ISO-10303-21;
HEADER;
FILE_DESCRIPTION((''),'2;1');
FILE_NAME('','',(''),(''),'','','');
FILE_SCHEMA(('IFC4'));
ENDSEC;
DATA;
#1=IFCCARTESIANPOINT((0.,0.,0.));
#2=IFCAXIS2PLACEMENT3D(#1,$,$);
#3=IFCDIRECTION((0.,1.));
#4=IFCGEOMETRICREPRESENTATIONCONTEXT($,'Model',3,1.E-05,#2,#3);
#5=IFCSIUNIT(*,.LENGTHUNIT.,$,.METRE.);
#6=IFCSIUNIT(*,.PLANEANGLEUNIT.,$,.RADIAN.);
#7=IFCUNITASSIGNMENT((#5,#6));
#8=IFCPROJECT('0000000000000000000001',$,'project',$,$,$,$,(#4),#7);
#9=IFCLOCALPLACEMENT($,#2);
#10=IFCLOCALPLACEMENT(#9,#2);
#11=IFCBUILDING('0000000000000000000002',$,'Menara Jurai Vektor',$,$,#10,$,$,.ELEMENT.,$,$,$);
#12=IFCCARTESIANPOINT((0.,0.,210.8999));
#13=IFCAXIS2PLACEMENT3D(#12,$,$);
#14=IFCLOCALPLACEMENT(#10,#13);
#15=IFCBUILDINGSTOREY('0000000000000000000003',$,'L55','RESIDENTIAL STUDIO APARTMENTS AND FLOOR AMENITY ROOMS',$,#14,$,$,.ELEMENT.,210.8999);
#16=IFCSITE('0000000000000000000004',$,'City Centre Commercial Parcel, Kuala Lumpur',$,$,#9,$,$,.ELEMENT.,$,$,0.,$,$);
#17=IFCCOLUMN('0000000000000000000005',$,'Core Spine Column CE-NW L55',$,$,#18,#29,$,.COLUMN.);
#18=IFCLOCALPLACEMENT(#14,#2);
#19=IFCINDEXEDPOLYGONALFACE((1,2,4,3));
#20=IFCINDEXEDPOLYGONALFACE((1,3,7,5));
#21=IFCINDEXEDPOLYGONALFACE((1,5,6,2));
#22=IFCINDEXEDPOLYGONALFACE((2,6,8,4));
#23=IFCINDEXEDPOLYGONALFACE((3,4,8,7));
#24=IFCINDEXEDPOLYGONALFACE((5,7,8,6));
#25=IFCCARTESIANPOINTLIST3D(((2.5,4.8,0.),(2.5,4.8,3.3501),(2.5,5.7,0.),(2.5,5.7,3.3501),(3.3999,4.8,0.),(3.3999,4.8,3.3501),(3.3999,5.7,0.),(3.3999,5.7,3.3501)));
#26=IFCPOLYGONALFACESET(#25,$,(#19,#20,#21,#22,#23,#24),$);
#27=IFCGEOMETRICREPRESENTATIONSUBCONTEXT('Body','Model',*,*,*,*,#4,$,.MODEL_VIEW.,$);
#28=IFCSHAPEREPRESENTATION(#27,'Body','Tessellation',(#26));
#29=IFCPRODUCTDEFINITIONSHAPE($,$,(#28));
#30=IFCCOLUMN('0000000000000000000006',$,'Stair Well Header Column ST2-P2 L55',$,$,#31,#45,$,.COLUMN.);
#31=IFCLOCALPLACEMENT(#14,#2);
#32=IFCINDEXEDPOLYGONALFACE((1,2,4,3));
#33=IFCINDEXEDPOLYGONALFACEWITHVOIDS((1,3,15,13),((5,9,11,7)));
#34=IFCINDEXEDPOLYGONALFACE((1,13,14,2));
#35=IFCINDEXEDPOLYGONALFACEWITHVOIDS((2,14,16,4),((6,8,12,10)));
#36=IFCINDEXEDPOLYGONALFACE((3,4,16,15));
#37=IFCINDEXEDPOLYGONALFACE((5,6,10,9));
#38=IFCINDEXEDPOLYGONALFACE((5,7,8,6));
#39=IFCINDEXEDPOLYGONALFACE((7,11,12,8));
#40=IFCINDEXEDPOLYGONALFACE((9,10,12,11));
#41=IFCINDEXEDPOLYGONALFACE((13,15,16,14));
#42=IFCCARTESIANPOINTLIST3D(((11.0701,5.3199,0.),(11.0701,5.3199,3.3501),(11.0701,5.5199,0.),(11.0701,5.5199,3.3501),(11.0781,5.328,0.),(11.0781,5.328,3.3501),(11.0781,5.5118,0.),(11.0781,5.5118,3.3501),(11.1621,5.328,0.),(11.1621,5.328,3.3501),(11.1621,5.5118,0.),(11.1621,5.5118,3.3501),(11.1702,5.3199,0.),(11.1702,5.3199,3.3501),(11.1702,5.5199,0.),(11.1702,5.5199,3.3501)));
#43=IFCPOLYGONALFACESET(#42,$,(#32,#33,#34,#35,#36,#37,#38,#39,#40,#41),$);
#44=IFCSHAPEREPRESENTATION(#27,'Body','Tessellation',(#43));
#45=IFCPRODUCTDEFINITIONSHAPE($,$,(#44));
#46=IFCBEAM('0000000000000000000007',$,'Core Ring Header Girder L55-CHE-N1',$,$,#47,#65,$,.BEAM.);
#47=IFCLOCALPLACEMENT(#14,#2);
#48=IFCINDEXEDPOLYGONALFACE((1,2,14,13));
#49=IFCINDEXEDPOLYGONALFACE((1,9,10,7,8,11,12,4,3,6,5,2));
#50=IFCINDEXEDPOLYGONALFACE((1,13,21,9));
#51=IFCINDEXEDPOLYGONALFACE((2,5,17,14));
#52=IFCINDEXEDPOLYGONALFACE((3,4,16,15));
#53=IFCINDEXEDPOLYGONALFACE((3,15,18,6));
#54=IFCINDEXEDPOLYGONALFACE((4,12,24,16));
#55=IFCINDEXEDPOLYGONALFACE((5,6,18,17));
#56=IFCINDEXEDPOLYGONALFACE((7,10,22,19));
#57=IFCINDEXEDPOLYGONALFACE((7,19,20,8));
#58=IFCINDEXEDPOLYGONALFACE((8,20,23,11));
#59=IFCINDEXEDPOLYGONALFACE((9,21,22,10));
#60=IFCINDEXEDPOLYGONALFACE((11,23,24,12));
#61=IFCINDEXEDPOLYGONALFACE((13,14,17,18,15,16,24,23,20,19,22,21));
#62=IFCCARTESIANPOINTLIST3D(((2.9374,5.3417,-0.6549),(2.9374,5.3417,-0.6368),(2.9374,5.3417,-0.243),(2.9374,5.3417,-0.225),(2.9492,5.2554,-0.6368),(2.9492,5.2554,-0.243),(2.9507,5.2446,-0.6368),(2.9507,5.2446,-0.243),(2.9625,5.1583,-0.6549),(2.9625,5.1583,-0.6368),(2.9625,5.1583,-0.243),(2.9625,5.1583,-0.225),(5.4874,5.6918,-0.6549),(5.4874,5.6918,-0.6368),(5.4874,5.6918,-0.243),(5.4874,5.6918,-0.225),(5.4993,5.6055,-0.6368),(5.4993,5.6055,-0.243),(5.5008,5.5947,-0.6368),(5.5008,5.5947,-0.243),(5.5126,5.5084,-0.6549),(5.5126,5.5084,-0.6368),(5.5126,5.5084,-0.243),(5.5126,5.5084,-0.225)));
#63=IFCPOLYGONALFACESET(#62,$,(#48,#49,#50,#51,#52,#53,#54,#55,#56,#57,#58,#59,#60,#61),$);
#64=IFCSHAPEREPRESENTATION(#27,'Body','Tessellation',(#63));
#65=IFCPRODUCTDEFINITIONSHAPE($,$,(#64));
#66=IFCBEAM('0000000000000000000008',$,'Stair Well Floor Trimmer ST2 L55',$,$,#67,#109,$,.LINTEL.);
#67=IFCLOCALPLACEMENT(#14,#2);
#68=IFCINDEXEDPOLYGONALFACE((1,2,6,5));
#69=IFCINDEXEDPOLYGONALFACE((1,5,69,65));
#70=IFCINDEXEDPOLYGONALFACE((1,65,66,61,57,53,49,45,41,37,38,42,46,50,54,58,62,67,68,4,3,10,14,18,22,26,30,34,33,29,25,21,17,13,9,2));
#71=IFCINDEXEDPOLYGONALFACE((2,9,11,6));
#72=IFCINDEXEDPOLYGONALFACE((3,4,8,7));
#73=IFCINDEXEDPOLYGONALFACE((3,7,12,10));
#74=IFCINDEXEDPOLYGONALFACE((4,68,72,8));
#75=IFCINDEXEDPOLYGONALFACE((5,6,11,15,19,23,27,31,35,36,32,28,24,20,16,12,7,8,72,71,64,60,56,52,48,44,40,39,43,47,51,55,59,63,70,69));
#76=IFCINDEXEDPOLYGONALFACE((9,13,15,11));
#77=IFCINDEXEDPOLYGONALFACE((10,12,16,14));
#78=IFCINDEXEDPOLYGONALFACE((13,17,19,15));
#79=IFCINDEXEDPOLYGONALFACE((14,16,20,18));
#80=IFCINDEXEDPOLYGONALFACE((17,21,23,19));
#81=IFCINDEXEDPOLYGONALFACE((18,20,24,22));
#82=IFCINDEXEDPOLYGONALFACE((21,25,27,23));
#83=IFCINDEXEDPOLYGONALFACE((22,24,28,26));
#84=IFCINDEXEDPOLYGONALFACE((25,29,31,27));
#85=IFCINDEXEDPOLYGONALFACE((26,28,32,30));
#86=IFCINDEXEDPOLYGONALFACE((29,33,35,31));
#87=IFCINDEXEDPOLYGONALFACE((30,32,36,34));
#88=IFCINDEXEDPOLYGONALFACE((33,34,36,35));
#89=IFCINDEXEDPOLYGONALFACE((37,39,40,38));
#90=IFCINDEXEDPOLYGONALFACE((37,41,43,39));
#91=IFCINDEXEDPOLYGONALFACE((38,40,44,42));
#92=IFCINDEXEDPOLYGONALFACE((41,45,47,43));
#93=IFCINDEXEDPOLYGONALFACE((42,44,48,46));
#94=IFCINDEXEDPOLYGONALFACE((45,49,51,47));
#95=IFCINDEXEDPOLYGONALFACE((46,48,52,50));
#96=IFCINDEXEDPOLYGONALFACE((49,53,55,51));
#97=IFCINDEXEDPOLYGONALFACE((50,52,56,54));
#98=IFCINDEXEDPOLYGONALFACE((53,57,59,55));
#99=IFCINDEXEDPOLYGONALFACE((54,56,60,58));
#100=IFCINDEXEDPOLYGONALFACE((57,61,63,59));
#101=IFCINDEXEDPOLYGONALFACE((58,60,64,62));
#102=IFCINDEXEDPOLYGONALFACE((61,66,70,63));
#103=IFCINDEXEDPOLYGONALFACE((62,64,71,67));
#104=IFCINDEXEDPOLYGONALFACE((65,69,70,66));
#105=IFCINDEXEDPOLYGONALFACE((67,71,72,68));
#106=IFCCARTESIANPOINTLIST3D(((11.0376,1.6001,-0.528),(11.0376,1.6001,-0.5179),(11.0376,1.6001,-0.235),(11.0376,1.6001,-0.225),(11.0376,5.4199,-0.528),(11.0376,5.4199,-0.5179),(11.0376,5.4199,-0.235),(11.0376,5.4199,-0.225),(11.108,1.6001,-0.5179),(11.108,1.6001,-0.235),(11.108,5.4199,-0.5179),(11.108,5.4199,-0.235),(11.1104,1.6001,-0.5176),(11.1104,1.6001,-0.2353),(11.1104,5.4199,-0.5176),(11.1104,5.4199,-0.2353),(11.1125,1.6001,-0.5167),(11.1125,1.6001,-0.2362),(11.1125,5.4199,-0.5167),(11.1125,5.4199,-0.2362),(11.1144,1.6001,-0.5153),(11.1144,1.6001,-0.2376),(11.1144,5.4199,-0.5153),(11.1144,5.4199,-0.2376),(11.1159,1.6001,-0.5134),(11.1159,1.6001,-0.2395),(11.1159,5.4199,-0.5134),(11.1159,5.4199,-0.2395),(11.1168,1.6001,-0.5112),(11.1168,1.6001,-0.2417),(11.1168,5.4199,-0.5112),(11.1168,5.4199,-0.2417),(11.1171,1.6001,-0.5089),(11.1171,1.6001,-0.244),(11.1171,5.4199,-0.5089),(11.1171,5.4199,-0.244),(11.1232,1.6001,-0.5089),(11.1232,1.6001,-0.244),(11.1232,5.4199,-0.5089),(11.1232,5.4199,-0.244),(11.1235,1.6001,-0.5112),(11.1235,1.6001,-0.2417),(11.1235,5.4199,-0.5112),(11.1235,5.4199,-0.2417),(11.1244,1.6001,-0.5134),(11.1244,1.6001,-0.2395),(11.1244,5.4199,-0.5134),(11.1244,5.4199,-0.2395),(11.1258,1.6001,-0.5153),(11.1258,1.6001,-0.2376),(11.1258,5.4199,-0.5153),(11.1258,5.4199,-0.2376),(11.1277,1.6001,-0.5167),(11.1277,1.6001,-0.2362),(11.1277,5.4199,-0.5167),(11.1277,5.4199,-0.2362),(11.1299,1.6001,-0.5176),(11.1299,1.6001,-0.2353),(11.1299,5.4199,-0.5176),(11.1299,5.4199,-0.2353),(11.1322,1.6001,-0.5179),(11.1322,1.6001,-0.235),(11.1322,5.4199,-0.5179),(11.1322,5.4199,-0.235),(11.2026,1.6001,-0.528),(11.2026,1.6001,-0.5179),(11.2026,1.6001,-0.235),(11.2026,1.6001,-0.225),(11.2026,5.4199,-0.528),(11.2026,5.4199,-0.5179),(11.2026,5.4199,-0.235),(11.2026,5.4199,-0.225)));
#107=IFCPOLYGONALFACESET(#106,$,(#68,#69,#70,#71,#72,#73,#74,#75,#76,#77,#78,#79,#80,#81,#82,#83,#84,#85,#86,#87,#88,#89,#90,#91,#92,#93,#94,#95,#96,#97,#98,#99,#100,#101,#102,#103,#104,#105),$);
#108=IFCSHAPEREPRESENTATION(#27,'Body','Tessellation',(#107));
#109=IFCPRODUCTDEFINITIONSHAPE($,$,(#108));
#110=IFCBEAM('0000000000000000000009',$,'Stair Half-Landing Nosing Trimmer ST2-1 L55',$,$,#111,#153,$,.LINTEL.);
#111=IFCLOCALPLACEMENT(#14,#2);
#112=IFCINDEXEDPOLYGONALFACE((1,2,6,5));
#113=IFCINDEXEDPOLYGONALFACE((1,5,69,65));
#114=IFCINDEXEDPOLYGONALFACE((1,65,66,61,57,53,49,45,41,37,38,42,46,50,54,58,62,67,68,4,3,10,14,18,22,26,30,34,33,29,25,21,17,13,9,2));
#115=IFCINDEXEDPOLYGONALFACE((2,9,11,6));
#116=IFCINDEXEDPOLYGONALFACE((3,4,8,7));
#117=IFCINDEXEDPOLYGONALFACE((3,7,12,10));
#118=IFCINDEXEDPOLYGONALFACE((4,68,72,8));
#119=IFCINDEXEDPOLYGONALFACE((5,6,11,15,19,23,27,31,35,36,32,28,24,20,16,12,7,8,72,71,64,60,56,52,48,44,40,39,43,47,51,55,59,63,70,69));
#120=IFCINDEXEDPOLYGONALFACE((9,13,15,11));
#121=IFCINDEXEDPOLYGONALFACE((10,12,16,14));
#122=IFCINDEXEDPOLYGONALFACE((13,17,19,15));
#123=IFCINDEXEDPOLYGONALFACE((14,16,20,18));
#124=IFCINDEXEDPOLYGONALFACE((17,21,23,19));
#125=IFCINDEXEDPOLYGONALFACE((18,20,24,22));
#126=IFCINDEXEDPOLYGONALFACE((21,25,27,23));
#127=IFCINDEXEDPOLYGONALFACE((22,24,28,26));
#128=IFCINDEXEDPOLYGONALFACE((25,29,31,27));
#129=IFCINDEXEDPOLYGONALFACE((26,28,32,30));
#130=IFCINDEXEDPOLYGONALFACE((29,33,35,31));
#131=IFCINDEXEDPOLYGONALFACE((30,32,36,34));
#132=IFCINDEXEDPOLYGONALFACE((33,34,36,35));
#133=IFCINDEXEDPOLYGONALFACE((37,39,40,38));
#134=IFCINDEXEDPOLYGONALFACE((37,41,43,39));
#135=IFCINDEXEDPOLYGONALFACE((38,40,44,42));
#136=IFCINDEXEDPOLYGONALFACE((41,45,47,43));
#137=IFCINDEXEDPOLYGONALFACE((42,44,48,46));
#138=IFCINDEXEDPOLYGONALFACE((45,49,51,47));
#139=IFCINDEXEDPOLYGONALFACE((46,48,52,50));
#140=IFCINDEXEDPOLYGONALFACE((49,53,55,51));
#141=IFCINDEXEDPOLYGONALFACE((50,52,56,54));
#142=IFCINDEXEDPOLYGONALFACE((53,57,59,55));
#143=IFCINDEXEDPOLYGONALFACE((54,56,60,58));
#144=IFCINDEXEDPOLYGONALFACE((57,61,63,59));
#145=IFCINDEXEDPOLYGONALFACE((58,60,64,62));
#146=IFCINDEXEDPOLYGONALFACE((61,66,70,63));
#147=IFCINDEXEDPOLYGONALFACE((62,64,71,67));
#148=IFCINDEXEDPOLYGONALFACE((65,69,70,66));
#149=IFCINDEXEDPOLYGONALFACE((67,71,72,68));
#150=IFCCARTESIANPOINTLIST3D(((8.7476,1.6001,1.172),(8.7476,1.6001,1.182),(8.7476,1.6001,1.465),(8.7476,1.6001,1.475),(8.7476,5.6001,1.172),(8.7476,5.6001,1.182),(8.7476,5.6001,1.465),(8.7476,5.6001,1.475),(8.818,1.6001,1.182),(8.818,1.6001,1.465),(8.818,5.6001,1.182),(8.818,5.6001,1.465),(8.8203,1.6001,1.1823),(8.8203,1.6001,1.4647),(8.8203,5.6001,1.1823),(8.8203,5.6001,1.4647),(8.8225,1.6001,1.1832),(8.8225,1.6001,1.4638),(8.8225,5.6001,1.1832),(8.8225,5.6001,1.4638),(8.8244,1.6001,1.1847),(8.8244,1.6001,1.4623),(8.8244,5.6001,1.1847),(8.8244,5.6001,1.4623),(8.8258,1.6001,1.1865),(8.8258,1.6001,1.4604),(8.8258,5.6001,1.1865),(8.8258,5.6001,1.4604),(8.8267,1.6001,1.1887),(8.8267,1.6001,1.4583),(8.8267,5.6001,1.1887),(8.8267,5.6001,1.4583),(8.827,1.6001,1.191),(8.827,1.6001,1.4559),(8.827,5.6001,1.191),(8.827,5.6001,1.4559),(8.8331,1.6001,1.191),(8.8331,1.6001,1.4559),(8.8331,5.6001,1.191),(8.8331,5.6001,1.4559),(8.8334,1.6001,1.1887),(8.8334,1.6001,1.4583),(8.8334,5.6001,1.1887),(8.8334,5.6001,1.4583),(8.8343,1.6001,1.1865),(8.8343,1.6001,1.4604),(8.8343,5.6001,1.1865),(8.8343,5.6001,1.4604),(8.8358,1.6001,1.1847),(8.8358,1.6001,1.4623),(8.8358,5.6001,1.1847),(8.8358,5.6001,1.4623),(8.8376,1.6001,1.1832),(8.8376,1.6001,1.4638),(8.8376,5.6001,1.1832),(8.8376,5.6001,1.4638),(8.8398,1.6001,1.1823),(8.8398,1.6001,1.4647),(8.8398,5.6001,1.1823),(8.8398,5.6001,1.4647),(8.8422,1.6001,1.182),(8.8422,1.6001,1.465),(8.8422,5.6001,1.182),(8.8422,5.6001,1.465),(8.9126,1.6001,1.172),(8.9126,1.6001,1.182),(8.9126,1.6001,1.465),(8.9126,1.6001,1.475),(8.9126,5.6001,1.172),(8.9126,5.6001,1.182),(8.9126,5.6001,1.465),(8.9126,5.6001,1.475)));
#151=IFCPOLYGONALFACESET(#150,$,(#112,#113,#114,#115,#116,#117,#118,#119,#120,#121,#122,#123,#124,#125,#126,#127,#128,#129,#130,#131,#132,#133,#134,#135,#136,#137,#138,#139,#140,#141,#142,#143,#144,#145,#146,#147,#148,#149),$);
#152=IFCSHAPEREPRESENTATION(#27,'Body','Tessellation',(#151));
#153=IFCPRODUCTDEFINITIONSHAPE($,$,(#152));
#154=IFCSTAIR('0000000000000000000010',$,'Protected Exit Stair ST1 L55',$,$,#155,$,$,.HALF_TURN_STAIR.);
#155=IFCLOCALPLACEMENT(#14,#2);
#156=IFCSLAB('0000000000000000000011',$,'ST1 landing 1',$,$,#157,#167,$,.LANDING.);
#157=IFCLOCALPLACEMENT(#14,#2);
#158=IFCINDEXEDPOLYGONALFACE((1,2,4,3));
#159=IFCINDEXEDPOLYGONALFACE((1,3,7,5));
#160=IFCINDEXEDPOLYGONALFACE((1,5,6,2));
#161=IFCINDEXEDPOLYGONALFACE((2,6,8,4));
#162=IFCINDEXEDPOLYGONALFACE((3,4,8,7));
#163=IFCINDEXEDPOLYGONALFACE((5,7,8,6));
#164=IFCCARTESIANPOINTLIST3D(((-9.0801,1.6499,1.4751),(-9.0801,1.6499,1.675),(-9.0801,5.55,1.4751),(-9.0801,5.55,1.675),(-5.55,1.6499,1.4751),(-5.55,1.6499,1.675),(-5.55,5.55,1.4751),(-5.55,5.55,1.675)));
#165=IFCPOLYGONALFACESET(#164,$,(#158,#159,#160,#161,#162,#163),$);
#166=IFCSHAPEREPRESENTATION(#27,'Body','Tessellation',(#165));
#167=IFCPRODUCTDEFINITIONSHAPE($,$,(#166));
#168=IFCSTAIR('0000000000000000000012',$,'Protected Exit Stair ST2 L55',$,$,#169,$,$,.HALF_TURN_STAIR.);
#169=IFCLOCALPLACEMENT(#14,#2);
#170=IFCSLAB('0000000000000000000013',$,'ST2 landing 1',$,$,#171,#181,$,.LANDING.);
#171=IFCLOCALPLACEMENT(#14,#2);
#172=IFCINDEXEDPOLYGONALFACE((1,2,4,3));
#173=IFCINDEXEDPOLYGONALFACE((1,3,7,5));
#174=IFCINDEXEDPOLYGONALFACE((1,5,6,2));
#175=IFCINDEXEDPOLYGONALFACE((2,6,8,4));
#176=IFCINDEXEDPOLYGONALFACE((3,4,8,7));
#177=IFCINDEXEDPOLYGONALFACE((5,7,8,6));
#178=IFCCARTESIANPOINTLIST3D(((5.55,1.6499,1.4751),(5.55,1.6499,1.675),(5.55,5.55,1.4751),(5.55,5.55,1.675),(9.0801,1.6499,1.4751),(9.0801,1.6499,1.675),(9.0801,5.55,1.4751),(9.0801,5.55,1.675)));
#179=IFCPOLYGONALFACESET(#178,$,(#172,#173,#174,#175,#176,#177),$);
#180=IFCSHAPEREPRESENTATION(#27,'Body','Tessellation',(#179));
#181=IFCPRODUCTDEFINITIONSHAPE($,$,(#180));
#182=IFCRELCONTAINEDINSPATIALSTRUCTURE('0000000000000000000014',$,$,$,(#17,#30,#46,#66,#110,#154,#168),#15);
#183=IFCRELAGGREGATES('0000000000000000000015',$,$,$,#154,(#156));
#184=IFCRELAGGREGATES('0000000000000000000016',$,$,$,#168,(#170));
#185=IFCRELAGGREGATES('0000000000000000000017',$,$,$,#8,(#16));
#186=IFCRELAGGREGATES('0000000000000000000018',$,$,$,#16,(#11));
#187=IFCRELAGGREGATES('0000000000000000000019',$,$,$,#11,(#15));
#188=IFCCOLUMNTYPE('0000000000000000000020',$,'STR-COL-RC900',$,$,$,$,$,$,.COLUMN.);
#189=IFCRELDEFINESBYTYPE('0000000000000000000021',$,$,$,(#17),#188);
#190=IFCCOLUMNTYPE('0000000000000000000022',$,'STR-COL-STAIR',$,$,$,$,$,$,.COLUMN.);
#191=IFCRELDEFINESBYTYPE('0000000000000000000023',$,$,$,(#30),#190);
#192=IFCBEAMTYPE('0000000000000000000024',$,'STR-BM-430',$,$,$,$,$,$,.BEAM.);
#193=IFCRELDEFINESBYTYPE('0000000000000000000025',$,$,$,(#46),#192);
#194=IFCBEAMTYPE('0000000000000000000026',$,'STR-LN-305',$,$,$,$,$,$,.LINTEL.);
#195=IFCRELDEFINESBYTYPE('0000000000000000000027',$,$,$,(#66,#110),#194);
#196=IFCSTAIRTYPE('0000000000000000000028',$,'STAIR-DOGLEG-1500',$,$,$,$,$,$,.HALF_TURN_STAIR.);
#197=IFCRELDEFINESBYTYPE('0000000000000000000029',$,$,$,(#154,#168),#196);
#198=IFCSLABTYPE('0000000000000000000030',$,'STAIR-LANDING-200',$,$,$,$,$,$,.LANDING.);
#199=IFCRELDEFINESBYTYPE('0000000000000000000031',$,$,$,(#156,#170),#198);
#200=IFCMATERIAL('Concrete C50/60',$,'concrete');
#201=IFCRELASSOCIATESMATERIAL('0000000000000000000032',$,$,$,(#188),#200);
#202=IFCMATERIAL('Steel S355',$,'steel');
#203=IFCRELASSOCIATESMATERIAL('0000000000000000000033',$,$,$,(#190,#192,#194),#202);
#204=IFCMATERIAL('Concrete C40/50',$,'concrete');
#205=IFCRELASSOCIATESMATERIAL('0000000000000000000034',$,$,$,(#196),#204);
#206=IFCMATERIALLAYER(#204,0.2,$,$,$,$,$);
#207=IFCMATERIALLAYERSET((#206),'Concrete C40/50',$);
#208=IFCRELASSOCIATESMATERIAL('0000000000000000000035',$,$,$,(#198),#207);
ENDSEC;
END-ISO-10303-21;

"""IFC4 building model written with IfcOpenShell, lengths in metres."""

from ifc_helpers import new_model, si_unit, direction, frame, origin, origin_2d, place, context, subcontext, project, spatial, polyline, rectangle, hollow_rectangle, i_section, outline, extrude, material, layer, layer_set, material_profile, profile_set, type_object, element, aggregate, save


model = new_model("IFC4")

# Units and contexts
model_context = context("Model", 3, precision=1e-05, world=origin(), true_north=direction((0.0, 1.0)))
body_context = subcontext(model_context, "Body", "Model", "MODEL_VIEW")
ifc_project = project(units=[si_unit("LENGTHUNIT", "METRE"), si_unit("PLANEANGLEUNIT", "RADIAN")], contexts=[model_context])

# Site, building, storey
site_placement = place(None, origin())
site = spatial("IfcSite", under=ifc_project, at=site_placement, Name="City Centre Commercial Parcel, Kuala Lumpur", CompositionType="ELEMENT", RefElevation=0.0)
building_placement = place(site_placement, origin())
building = spatial("IfcBuilding", under=site, at=building_placement, Name="Menara Jurai Vektor", CompositionType="ELEMENT")
storey_placement = place(building_placement, frame((0.0, 0.0, 210.8999)))
storey = spatial("IfcBuildingStorey", under=building, at=storey_placement, Name="L55", Description="RESIDENTIAL STUDIO APARTMENTS AND FLOOR AMENITY ROOMS", CompositionType="ELEMENT", Elevation=210.8999)

# Columns
ifc_material_1 = material(Name="Concrete C50/60", Category="concrete")
ifc_material_profile_1 = material_profile(ifc_material_1, rectangle(XDim=0.8999, YDim=0.8999, at=origin_2d()), Name="RC 900x900")
ifc_profile_set_1 = profile_set([ifc_material_profile_1], Name="Concrete C50/60")
column_type_1 = type_object("IfcColumnType", Name="STR-COL-RC900", PredefinedType="COLUMN", material=ifc_profile_set_1)
column_1_placement = place(storey_placement, frame((2.95, 5.25, 0.0), z_axis=(0.0, 0.0, 1.0), x_axis=(1.0, 0.0, 0.0)))
element("IfcColumn", 1, at=column_1_placement, inside=storey, type_object=column_type_1, Name="Core Spine Column CE-NW L55", PredefinedType="COLUMN", context=body_context, shape_type="SweptSolid", body=[
    extrude(rectangle(XDim=0.8999, YDim=0.8999, at=origin_2d()), origin(), (0.0, 0.0, 1.0), 3.3501),
])
ifc_material_2 = material(Name="Steel S355", Category="steel")
ifc_material_profile_2 = material_profile(ifc_material_2, hollow_rectangle(XDim=0.1001, YDim=0.2, WallThickness=0.0081, at=origin_2d()), Name="RHS 200x100x8")
ifc_profile_set_2 = profile_set([ifc_material_profile_2], Name="Steel S355")
column_type_2 = type_object("IfcColumnType", Name="STR-COL-STAIR", PredefinedType="COLUMN", material=ifc_profile_set_2)
column_2_placement = place(storey_placement, frame((11.1201, 5.4199, 0.0), z_axis=(0.0, 0.0, 1.0), x_axis=(1.0, 0.0, 0.0)))
element("IfcColumn", 2, at=column_2_placement, inside=storey, type_object=column_type_2, Name="Stair Well Header Column ST2-P2 L55", PredefinedType="COLUMN", context=body_context, shape_type="SweptSolid", body=[
    extrude(hollow_rectangle(XDim=0.1001, YDim=0.2, WallThickness=0.0081, at=origin_2d()), origin(), (0.0, 0.0, 1.0), 3.3501),
])

# Beams
ifc_material_profile_3 = material_profile(ifc_material_2, i_section(OverallWidth=0.1851, OverallDepth=0.4299, WebThickness=0.011, FlangeThickness=0.0181, at=origin_2d()), Name="PG 430x185x76")
ifc_profile_set_3 = profile_set([ifc_material_profile_3], Name="Steel S355")
beam_type_1 = type_object("IfcBeamType", Name="STR-BM-430", PredefinedType="BEAM", material=ifc_profile_set_3)
beam_1_placement = place(storey_placement, frame((2.95, 5.25, -0.4399), z_axis=(0.990707, 0.136015, 0.0), x_axis=(-0.136015, 0.990707, 0.0)))
element("IfcBeam", 3, at=beam_1_placement, inside=storey, type_object=beam_type_1, Name="Core Ring Header Girder L55-CHE-N1", PredefinedType="BEAM", context=body_context, shape_type="SweptSolid", body=[
    extrude(i_section(OverallWidth=0.1851, OverallDepth=0.4299, WebThickness=0.011, FlangeThickness=0.0181, at=origin_2d()), origin(), (0.0, 0.0, 1.0), 2.574),
])
ifc_material_profile_4 = material_profile(ifc_material_2, i_section(OverallWidth=0.165, OverallDepth=0.303, WebThickness=0.0061, FlangeThickness=0.01, FilletRadius=0.009, at=origin_2d()), Name="UKB 305x165x40")
ifc_profile_set_4 = profile_set([ifc_material_profile_4], Name="Steel S355")
beam_type_2 = type_object("IfcBeamType", Name="STR-LN-305", PredefinedType="LINTEL", material=ifc_profile_set_4)
beam_2_placement = place(storey_placement, frame((11.1201, 1.6001, -0.3765), z_axis=(0.0, 1.0, 0.0), x_axis=(-1.0, 0.0, 0.0)))
element("IfcBeam", 4, at=beam_2_placement, inside=storey, type_object=beam_type_2, Name="Stair Well Floor Trimmer ST2 L55", PredefinedType="LINTEL", context=body_context, shape_type="SweptSolid", body=[
    extrude(i_section(OverallWidth=0.165, OverallDepth=0.303, WebThickness=0.0061, FlangeThickness=0.01, FilletRadius=0.009, at=origin_2d()), origin(), (0.0, 0.0, 1.0), 3.8198),
])
beam_3_placement = place(storey_placement, frame((8.8301, 1.6001, 1.3235), z_axis=(0.0, 1.0, 0.0), x_axis=(-1.0, 0.0, 0.0)))
element("IfcBeam", 5, at=beam_3_placement, inside=storey, type_object=beam_type_2, Name="Stair Half-Landing Nosing Trimmer ST2-1 L55", PredefinedType="LINTEL", context=body_context, shape_type="SweptSolid", body=[
    extrude(i_section(OverallWidth=0.165, OverallDepth=0.303, WebThickness=0.0061, FlangeThickness=0.01, FilletRadius=0.009, at=origin_2d()), origin(), (0.0, 0.0, 1.0), 4.0),
])

# Stairs, slabs
ifc_material_3 = material(Name="Concrete C40/50", Category="concrete")
stair_type = type_object("IfcStairType", Name="STAIR-DOGLEG-1500", PredefinedType="HALF_TURN_STAIR", material=ifc_material_3)
stair_1_placement = place(storey_placement, origin())
stair_1 = element("IfcStair", 6, at=stair_1_placement, inside=storey, type_object=stair_type, Name="Protected Exit Stair ST1 L55", PredefinedType="HALF_TURN_STAIR")
ifc_layer_1 = layer(ifc_material_3, 0.2)
ifc_layer_set_1 = layer_set([ifc_layer_1], Name="Concrete C40/50")
slab_type = type_object("IfcSlabType", Name="STAIR-LANDING-200", PredefinedType="LANDING", material=ifc_layer_set_1)
slab_1_placement = place(storey_placement, frame((0.0, 0.0, 1.4751)))
slab_1 = element("IfcSlab", 7, at=slab_1_placement, type_object=slab_type, Name="ST1 landing 1", PredefinedType="LANDING", context=body_context, shape_type="SweptSolid", body=[
    extrude(outline(polyline([(-9.0801, 1.6499), (-5.55, 1.6499), (-5.55, 5.55), (-9.0801, 5.55), (-9.0801, 1.6499)])), origin(), (0.0, 0.0, 1.0), 0.2),
])
aggregate(stair_1, [slab_1])
stair_2_placement = place(storey_placement, origin())
stair_2 = element("IfcStair", 8, at=stair_2_placement, inside=storey, type_object=stair_type, Name="Protected Exit Stair ST2 L55", PredefinedType="HALF_TURN_STAIR")
slab_2_placement = place(storey_placement, frame((0.0, 0.0, 1.4751)))
slab_2 = element("IfcSlab", 9, at=slab_2_placement, type_object=slab_type, Name="ST2 landing 1", PredefinedType="LANDING", context=body_context, shape_type="SweptSolid", body=[
    extrude(outline(polyline([(5.55, 1.6499), (9.0801, 1.6499), (9.0801, 5.55), (5.55, 5.55), (5.55, 1.6499)])), origin(), (0.0, 0.0, 1.0), 0.2),
])

aggregate(stair_2, [slab_2])

save(model, "model.ifc")
